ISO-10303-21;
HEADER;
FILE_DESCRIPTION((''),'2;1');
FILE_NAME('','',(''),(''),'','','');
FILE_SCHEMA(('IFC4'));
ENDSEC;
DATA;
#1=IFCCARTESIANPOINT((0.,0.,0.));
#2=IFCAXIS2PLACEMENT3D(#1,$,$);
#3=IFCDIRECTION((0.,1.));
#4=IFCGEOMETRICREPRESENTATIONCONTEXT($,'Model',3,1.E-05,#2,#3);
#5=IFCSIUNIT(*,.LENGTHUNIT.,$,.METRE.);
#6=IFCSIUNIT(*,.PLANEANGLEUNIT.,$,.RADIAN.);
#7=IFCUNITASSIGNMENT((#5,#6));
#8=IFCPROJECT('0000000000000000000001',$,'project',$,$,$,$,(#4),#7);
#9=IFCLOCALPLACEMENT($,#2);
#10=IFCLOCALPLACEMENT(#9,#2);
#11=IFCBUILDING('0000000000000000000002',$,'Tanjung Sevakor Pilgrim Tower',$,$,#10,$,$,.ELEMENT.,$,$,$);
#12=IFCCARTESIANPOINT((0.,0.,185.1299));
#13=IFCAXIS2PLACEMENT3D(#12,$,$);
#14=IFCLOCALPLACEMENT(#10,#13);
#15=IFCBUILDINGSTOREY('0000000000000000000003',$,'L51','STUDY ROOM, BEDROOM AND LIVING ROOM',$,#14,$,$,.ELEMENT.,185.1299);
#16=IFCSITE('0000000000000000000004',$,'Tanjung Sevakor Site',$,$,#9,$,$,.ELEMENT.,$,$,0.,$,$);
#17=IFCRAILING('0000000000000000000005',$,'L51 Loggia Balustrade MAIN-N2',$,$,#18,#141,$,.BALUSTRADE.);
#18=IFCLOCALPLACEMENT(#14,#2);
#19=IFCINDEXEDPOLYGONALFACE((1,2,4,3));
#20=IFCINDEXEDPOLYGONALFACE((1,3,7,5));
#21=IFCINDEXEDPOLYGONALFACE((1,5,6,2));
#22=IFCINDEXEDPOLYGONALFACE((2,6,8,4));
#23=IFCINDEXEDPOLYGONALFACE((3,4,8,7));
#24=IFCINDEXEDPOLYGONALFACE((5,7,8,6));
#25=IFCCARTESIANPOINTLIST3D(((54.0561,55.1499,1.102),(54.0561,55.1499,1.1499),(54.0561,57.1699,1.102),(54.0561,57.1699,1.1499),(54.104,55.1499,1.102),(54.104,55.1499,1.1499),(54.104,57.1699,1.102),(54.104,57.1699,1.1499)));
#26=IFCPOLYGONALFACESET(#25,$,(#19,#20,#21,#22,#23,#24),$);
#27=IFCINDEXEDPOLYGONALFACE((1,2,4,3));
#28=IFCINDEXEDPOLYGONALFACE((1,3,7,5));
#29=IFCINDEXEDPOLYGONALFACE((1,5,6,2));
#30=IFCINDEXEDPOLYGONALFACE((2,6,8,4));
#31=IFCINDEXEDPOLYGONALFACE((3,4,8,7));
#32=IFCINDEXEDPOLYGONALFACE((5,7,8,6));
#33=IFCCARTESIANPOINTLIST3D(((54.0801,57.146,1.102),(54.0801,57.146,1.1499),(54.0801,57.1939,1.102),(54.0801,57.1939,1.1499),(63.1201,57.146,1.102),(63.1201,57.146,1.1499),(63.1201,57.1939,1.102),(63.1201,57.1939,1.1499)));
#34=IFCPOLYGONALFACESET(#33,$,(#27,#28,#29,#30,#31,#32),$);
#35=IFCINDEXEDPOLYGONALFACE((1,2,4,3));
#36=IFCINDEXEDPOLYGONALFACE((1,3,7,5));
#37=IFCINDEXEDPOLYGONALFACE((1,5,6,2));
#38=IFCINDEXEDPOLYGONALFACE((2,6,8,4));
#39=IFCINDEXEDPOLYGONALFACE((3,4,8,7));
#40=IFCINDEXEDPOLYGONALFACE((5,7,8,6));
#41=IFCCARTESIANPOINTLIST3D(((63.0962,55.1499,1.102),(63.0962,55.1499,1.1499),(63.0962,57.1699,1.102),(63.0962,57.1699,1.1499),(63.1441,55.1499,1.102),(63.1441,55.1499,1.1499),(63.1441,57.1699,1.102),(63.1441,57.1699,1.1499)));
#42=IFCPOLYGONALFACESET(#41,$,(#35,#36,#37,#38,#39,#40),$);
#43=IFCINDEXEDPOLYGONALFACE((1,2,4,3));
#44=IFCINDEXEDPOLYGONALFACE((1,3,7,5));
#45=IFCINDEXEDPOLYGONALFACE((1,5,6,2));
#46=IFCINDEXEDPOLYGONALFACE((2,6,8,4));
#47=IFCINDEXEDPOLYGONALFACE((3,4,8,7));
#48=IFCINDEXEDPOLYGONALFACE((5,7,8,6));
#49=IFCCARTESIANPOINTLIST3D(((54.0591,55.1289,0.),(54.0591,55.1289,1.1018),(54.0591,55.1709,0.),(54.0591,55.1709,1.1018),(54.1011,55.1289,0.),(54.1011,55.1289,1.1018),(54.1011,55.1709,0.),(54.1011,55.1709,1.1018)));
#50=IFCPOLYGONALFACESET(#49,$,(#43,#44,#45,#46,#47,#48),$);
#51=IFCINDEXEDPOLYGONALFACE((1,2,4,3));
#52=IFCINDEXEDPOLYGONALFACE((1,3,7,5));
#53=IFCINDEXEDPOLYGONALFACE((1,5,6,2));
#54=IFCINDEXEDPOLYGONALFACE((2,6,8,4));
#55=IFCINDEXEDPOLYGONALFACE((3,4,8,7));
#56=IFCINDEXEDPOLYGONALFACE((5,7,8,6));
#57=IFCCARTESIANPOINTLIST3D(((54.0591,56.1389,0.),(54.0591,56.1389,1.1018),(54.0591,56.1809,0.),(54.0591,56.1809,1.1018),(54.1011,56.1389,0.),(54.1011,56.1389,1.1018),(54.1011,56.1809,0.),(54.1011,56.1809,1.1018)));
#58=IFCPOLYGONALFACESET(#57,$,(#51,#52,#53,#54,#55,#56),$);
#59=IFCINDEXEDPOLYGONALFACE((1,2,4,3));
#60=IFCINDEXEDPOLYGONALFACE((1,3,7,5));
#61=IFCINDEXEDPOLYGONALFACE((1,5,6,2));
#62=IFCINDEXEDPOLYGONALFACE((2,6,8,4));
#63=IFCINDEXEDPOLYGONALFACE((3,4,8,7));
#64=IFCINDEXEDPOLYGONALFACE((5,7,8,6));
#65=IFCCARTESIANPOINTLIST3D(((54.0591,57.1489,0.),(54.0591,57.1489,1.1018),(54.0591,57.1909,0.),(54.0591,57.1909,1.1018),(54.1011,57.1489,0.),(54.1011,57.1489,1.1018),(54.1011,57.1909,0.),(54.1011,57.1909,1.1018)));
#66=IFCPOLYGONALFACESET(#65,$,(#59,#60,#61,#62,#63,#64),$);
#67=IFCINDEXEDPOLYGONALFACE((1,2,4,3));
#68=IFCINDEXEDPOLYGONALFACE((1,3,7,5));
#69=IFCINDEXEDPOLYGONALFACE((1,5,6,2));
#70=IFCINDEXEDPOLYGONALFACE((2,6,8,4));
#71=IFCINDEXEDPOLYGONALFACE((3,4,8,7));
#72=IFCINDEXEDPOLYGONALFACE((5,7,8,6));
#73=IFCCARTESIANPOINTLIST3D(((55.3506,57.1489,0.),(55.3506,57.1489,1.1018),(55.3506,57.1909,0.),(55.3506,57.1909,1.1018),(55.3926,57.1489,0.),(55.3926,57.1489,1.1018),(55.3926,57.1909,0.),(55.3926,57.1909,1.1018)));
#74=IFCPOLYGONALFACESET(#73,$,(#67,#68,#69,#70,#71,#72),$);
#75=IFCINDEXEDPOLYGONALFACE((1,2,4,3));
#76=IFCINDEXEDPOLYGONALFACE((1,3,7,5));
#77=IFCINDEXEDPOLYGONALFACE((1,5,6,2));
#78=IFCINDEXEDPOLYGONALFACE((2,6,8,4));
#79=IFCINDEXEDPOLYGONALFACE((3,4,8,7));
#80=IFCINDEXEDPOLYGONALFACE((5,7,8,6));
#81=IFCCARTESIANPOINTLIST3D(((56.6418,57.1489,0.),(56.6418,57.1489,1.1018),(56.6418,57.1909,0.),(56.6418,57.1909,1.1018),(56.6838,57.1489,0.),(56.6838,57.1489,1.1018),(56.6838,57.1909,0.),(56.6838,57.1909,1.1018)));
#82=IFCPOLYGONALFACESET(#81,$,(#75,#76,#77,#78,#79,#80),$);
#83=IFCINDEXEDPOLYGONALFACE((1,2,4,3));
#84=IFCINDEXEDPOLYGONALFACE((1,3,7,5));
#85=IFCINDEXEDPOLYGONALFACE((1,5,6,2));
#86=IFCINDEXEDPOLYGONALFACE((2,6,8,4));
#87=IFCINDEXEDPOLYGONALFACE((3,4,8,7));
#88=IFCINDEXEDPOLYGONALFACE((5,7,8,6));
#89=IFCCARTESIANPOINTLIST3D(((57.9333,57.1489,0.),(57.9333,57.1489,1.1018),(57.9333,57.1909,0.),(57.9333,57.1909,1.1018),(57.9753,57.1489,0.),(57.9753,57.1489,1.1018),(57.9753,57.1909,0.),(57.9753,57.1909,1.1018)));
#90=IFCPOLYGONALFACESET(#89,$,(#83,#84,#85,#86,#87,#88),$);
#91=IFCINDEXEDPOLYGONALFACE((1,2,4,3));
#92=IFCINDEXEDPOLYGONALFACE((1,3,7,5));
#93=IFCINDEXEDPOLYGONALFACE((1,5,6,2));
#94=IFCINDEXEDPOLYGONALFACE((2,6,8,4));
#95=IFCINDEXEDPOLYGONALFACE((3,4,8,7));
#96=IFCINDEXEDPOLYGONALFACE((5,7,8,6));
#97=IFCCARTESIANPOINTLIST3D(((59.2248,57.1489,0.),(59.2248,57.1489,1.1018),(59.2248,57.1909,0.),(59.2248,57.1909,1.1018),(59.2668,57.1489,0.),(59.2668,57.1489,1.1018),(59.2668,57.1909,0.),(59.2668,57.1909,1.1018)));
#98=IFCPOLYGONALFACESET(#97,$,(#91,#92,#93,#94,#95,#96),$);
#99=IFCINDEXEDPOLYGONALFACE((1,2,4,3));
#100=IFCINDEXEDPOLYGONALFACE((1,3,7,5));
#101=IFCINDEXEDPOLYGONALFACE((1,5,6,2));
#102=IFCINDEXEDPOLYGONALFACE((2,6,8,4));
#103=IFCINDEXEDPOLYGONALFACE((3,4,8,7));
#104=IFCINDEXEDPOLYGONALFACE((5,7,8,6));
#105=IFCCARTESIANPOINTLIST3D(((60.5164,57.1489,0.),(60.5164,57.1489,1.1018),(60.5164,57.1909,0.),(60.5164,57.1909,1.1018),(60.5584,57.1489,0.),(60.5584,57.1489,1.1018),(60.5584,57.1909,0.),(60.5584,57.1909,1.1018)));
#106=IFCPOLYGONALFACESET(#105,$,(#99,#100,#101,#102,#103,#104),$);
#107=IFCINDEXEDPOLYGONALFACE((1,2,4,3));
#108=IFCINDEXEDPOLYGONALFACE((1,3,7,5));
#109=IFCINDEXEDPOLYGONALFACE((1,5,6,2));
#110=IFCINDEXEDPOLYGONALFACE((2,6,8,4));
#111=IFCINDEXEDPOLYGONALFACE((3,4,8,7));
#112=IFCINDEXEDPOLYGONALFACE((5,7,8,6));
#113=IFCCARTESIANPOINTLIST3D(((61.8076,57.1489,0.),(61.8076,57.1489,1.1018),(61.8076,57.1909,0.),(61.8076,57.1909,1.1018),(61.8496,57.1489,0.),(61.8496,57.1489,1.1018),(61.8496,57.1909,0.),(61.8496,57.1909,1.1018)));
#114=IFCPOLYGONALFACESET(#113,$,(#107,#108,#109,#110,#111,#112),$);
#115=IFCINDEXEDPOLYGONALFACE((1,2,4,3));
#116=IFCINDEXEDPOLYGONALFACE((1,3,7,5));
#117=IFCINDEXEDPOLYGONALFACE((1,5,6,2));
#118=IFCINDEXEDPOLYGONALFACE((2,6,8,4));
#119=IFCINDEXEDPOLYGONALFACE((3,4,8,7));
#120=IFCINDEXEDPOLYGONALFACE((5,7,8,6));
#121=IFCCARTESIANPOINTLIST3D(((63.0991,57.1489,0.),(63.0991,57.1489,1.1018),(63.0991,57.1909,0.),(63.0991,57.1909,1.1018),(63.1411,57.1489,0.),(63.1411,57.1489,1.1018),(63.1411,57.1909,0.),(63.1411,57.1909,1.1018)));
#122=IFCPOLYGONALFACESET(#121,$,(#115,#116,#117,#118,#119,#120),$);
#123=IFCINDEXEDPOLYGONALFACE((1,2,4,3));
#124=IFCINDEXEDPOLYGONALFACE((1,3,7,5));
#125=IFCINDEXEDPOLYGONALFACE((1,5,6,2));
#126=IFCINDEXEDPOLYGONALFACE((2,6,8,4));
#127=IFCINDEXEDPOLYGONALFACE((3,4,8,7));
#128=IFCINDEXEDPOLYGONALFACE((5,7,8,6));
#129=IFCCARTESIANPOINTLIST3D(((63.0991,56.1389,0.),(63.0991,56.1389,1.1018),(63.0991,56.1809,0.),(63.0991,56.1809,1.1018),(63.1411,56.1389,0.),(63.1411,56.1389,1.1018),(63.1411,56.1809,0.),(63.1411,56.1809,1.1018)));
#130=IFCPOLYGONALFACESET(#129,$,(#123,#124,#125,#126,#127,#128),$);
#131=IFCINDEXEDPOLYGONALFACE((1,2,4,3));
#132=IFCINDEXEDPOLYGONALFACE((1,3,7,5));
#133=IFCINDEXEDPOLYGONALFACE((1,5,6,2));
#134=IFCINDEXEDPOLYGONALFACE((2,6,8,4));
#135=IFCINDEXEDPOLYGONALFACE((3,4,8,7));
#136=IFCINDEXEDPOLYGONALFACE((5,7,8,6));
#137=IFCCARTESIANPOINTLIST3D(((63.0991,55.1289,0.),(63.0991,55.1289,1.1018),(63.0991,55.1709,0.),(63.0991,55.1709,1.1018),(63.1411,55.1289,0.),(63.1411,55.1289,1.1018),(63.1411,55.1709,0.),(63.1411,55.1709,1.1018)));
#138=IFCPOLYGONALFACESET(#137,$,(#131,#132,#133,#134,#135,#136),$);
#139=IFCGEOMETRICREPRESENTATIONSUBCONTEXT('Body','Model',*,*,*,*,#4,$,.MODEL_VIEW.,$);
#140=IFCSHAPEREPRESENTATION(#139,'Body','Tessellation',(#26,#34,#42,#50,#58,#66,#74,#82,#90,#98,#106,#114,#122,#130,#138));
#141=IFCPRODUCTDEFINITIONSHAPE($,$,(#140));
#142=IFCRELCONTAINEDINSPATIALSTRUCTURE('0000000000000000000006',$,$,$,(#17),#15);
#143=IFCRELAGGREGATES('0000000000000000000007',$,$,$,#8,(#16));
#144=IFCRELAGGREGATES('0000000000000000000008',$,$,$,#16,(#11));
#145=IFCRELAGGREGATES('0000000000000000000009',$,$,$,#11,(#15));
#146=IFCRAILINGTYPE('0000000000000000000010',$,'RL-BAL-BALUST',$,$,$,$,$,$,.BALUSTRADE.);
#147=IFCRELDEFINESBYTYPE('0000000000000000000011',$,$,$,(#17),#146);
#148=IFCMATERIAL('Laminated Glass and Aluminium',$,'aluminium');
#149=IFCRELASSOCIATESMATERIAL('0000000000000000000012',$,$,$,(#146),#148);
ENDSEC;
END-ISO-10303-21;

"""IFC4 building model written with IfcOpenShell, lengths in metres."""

from ifc_helpers import new_model, si_unit, direction, frame, origin, place, context, subcontext, project, spatial, rectangle, extrude, material, type_object, element, save


model = new_model("IFC4")

# Units and contexts
model_context = context("Model", 3, precision=1e-05, world=origin(), true_north=direction((0.0, 1.0)))
body_context = subcontext(model_context, "Body", "Model", "MODEL_VIEW")
ifc_project = project(units=[si_unit("LENGTHUNIT", "METRE"), si_unit("PLANEANGLEUNIT", "RADIAN")], contexts=[model_context])

# Site, building, storey
site_placement = place(None, origin())
site = spatial("IfcSite", under=ifc_project, at=site_placement, Name="Tanjung Sevakor Site", CompositionType="ELEMENT", RefElevation=0.0)
building_placement = place(site_placement, origin())
building = spatial("IfcBuilding", under=site, at=building_placement, Name="Tanjung Sevakor Pilgrim Tower", CompositionType="ELEMENT")
storey_placement = place(building_placement, frame((0.0, 0.0, 185.1299)))
storey = spatial("IfcBuildingStorey", under=building, at=storey_placement, Name="L51", Description="STUDY ROOM, BEDROOM AND LIVING ROOM", CompositionType="ELEMENT", Elevation=185.1299)

# Railing
ifc_material_1 = material(Name="Laminated Glass and Aluminium", Category="aluminium")
railing_type = type_object("IfcRailingType", Name="RL-BAL-BALUST", PredefinedType="BALUSTRADE", material=ifc_material_1)
railing_1_placement = place(storey_placement, frame((54.0801, 55.1499, 0.0)))
element("IfcRailing", 1, at=railing_1_placement, inside=storey, type_object=railing_type, Name="L51 Loggia Balustrade MAIN-N2", PredefinedType="BALUSTRADE", context=body_context, shape_type="SweptSolid", body=[
    extrude(rectangle(XDim=0.0479, YDim=0.0479), frame((0.0, 0.0, 1.126), z_axis=(0.0, 1.0, 0.0), x_axis=(-1.0, 0.0, 0.0)), (0.0, 0.0, 1.0), 2.02),
    extrude(rectangle(XDim=0.0479, YDim=0.0479), frame((0.0, 2.02, 1.126), z_axis=(1.0, 0.0, 0.0), x_axis=(0.0, 1.0, 0.0)), (0.0, 0.0, 1.0), 9.04),
    extrude(rectangle(XDim=0.0479, YDim=0.0479), frame((9.04, 2.02, 1.126), z_axis=(0.0, -1.0, 0.0), x_axis=(1.0, 0.0, 0.0)), (0.0, 0.0, 1.0), 2.02),
    extrude(rectangle(XDim=0.042, YDim=0.042), origin(), (0.0, 0.0, 1.0), 1.1018),
    extrude(rectangle(XDim=0.042, YDim=0.042), frame((0.0, 1.01, 0.0)), (0.0, 0.0, 1.0), 1.1018),
    extrude(rectangle(XDim=0.042, YDim=0.042), frame((0.0, 2.02, 0.0)), (0.0, 0.0, 1.0), 1.1018),
    extrude(rectangle(XDim=0.042, YDim=0.042), frame((1.2915, 2.02, 0.0)), (0.0, 0.0, 1.0), 1.1018),
    extrude(rectangle(XDim=0.042, YDim=0.042), frame((2.5828, 2.02, 0.0)), (0.0, 0.0, 1.0), 1.1018),
    extrude(rectangle(XDim=0.042, YDim=0.042), frame((3.8743, 2.02, 0.0)), (0.0, 0.0, 1.0), 1.1018),
    extrude(rectangle(XDim=0.042, YDim=0.042), frame((5.1658, 2.02, 0.0)), (0.0, 0.0, 1.0), 1.1018),
    extrude(rectangle(XDim=0.042, YDim=0.042), frame((6.4573, 2.02, 0.0)), (0.0, 0.0, 1.0), 1.1018),
    extrude(rectangle(XDim=0.042, YDim=0.042), frame((7.7485, 2.02, 0.0)), (0.0, 0.0, 1.0), 1.1018),
    extrude(rectangle(XDim=0.042, YDim=0.042), frame((9.04, 2.02, 0.0)), (0.0, 0.0, 1.0), 1.1018),
    extrude(rectangle(XDim=0.042, YDim=0.042), frame((9.04, 1.01, 0.0)), (0.0, 0.0, 1.0), 1.1018),
    extrude(rectangle(XDim=0.042, YDim=0.042), frame((9.04, 0.0, 0.0)), (0.0, 0.0, 1.0), 1.1018),
])

save(model, "model.ifc")
